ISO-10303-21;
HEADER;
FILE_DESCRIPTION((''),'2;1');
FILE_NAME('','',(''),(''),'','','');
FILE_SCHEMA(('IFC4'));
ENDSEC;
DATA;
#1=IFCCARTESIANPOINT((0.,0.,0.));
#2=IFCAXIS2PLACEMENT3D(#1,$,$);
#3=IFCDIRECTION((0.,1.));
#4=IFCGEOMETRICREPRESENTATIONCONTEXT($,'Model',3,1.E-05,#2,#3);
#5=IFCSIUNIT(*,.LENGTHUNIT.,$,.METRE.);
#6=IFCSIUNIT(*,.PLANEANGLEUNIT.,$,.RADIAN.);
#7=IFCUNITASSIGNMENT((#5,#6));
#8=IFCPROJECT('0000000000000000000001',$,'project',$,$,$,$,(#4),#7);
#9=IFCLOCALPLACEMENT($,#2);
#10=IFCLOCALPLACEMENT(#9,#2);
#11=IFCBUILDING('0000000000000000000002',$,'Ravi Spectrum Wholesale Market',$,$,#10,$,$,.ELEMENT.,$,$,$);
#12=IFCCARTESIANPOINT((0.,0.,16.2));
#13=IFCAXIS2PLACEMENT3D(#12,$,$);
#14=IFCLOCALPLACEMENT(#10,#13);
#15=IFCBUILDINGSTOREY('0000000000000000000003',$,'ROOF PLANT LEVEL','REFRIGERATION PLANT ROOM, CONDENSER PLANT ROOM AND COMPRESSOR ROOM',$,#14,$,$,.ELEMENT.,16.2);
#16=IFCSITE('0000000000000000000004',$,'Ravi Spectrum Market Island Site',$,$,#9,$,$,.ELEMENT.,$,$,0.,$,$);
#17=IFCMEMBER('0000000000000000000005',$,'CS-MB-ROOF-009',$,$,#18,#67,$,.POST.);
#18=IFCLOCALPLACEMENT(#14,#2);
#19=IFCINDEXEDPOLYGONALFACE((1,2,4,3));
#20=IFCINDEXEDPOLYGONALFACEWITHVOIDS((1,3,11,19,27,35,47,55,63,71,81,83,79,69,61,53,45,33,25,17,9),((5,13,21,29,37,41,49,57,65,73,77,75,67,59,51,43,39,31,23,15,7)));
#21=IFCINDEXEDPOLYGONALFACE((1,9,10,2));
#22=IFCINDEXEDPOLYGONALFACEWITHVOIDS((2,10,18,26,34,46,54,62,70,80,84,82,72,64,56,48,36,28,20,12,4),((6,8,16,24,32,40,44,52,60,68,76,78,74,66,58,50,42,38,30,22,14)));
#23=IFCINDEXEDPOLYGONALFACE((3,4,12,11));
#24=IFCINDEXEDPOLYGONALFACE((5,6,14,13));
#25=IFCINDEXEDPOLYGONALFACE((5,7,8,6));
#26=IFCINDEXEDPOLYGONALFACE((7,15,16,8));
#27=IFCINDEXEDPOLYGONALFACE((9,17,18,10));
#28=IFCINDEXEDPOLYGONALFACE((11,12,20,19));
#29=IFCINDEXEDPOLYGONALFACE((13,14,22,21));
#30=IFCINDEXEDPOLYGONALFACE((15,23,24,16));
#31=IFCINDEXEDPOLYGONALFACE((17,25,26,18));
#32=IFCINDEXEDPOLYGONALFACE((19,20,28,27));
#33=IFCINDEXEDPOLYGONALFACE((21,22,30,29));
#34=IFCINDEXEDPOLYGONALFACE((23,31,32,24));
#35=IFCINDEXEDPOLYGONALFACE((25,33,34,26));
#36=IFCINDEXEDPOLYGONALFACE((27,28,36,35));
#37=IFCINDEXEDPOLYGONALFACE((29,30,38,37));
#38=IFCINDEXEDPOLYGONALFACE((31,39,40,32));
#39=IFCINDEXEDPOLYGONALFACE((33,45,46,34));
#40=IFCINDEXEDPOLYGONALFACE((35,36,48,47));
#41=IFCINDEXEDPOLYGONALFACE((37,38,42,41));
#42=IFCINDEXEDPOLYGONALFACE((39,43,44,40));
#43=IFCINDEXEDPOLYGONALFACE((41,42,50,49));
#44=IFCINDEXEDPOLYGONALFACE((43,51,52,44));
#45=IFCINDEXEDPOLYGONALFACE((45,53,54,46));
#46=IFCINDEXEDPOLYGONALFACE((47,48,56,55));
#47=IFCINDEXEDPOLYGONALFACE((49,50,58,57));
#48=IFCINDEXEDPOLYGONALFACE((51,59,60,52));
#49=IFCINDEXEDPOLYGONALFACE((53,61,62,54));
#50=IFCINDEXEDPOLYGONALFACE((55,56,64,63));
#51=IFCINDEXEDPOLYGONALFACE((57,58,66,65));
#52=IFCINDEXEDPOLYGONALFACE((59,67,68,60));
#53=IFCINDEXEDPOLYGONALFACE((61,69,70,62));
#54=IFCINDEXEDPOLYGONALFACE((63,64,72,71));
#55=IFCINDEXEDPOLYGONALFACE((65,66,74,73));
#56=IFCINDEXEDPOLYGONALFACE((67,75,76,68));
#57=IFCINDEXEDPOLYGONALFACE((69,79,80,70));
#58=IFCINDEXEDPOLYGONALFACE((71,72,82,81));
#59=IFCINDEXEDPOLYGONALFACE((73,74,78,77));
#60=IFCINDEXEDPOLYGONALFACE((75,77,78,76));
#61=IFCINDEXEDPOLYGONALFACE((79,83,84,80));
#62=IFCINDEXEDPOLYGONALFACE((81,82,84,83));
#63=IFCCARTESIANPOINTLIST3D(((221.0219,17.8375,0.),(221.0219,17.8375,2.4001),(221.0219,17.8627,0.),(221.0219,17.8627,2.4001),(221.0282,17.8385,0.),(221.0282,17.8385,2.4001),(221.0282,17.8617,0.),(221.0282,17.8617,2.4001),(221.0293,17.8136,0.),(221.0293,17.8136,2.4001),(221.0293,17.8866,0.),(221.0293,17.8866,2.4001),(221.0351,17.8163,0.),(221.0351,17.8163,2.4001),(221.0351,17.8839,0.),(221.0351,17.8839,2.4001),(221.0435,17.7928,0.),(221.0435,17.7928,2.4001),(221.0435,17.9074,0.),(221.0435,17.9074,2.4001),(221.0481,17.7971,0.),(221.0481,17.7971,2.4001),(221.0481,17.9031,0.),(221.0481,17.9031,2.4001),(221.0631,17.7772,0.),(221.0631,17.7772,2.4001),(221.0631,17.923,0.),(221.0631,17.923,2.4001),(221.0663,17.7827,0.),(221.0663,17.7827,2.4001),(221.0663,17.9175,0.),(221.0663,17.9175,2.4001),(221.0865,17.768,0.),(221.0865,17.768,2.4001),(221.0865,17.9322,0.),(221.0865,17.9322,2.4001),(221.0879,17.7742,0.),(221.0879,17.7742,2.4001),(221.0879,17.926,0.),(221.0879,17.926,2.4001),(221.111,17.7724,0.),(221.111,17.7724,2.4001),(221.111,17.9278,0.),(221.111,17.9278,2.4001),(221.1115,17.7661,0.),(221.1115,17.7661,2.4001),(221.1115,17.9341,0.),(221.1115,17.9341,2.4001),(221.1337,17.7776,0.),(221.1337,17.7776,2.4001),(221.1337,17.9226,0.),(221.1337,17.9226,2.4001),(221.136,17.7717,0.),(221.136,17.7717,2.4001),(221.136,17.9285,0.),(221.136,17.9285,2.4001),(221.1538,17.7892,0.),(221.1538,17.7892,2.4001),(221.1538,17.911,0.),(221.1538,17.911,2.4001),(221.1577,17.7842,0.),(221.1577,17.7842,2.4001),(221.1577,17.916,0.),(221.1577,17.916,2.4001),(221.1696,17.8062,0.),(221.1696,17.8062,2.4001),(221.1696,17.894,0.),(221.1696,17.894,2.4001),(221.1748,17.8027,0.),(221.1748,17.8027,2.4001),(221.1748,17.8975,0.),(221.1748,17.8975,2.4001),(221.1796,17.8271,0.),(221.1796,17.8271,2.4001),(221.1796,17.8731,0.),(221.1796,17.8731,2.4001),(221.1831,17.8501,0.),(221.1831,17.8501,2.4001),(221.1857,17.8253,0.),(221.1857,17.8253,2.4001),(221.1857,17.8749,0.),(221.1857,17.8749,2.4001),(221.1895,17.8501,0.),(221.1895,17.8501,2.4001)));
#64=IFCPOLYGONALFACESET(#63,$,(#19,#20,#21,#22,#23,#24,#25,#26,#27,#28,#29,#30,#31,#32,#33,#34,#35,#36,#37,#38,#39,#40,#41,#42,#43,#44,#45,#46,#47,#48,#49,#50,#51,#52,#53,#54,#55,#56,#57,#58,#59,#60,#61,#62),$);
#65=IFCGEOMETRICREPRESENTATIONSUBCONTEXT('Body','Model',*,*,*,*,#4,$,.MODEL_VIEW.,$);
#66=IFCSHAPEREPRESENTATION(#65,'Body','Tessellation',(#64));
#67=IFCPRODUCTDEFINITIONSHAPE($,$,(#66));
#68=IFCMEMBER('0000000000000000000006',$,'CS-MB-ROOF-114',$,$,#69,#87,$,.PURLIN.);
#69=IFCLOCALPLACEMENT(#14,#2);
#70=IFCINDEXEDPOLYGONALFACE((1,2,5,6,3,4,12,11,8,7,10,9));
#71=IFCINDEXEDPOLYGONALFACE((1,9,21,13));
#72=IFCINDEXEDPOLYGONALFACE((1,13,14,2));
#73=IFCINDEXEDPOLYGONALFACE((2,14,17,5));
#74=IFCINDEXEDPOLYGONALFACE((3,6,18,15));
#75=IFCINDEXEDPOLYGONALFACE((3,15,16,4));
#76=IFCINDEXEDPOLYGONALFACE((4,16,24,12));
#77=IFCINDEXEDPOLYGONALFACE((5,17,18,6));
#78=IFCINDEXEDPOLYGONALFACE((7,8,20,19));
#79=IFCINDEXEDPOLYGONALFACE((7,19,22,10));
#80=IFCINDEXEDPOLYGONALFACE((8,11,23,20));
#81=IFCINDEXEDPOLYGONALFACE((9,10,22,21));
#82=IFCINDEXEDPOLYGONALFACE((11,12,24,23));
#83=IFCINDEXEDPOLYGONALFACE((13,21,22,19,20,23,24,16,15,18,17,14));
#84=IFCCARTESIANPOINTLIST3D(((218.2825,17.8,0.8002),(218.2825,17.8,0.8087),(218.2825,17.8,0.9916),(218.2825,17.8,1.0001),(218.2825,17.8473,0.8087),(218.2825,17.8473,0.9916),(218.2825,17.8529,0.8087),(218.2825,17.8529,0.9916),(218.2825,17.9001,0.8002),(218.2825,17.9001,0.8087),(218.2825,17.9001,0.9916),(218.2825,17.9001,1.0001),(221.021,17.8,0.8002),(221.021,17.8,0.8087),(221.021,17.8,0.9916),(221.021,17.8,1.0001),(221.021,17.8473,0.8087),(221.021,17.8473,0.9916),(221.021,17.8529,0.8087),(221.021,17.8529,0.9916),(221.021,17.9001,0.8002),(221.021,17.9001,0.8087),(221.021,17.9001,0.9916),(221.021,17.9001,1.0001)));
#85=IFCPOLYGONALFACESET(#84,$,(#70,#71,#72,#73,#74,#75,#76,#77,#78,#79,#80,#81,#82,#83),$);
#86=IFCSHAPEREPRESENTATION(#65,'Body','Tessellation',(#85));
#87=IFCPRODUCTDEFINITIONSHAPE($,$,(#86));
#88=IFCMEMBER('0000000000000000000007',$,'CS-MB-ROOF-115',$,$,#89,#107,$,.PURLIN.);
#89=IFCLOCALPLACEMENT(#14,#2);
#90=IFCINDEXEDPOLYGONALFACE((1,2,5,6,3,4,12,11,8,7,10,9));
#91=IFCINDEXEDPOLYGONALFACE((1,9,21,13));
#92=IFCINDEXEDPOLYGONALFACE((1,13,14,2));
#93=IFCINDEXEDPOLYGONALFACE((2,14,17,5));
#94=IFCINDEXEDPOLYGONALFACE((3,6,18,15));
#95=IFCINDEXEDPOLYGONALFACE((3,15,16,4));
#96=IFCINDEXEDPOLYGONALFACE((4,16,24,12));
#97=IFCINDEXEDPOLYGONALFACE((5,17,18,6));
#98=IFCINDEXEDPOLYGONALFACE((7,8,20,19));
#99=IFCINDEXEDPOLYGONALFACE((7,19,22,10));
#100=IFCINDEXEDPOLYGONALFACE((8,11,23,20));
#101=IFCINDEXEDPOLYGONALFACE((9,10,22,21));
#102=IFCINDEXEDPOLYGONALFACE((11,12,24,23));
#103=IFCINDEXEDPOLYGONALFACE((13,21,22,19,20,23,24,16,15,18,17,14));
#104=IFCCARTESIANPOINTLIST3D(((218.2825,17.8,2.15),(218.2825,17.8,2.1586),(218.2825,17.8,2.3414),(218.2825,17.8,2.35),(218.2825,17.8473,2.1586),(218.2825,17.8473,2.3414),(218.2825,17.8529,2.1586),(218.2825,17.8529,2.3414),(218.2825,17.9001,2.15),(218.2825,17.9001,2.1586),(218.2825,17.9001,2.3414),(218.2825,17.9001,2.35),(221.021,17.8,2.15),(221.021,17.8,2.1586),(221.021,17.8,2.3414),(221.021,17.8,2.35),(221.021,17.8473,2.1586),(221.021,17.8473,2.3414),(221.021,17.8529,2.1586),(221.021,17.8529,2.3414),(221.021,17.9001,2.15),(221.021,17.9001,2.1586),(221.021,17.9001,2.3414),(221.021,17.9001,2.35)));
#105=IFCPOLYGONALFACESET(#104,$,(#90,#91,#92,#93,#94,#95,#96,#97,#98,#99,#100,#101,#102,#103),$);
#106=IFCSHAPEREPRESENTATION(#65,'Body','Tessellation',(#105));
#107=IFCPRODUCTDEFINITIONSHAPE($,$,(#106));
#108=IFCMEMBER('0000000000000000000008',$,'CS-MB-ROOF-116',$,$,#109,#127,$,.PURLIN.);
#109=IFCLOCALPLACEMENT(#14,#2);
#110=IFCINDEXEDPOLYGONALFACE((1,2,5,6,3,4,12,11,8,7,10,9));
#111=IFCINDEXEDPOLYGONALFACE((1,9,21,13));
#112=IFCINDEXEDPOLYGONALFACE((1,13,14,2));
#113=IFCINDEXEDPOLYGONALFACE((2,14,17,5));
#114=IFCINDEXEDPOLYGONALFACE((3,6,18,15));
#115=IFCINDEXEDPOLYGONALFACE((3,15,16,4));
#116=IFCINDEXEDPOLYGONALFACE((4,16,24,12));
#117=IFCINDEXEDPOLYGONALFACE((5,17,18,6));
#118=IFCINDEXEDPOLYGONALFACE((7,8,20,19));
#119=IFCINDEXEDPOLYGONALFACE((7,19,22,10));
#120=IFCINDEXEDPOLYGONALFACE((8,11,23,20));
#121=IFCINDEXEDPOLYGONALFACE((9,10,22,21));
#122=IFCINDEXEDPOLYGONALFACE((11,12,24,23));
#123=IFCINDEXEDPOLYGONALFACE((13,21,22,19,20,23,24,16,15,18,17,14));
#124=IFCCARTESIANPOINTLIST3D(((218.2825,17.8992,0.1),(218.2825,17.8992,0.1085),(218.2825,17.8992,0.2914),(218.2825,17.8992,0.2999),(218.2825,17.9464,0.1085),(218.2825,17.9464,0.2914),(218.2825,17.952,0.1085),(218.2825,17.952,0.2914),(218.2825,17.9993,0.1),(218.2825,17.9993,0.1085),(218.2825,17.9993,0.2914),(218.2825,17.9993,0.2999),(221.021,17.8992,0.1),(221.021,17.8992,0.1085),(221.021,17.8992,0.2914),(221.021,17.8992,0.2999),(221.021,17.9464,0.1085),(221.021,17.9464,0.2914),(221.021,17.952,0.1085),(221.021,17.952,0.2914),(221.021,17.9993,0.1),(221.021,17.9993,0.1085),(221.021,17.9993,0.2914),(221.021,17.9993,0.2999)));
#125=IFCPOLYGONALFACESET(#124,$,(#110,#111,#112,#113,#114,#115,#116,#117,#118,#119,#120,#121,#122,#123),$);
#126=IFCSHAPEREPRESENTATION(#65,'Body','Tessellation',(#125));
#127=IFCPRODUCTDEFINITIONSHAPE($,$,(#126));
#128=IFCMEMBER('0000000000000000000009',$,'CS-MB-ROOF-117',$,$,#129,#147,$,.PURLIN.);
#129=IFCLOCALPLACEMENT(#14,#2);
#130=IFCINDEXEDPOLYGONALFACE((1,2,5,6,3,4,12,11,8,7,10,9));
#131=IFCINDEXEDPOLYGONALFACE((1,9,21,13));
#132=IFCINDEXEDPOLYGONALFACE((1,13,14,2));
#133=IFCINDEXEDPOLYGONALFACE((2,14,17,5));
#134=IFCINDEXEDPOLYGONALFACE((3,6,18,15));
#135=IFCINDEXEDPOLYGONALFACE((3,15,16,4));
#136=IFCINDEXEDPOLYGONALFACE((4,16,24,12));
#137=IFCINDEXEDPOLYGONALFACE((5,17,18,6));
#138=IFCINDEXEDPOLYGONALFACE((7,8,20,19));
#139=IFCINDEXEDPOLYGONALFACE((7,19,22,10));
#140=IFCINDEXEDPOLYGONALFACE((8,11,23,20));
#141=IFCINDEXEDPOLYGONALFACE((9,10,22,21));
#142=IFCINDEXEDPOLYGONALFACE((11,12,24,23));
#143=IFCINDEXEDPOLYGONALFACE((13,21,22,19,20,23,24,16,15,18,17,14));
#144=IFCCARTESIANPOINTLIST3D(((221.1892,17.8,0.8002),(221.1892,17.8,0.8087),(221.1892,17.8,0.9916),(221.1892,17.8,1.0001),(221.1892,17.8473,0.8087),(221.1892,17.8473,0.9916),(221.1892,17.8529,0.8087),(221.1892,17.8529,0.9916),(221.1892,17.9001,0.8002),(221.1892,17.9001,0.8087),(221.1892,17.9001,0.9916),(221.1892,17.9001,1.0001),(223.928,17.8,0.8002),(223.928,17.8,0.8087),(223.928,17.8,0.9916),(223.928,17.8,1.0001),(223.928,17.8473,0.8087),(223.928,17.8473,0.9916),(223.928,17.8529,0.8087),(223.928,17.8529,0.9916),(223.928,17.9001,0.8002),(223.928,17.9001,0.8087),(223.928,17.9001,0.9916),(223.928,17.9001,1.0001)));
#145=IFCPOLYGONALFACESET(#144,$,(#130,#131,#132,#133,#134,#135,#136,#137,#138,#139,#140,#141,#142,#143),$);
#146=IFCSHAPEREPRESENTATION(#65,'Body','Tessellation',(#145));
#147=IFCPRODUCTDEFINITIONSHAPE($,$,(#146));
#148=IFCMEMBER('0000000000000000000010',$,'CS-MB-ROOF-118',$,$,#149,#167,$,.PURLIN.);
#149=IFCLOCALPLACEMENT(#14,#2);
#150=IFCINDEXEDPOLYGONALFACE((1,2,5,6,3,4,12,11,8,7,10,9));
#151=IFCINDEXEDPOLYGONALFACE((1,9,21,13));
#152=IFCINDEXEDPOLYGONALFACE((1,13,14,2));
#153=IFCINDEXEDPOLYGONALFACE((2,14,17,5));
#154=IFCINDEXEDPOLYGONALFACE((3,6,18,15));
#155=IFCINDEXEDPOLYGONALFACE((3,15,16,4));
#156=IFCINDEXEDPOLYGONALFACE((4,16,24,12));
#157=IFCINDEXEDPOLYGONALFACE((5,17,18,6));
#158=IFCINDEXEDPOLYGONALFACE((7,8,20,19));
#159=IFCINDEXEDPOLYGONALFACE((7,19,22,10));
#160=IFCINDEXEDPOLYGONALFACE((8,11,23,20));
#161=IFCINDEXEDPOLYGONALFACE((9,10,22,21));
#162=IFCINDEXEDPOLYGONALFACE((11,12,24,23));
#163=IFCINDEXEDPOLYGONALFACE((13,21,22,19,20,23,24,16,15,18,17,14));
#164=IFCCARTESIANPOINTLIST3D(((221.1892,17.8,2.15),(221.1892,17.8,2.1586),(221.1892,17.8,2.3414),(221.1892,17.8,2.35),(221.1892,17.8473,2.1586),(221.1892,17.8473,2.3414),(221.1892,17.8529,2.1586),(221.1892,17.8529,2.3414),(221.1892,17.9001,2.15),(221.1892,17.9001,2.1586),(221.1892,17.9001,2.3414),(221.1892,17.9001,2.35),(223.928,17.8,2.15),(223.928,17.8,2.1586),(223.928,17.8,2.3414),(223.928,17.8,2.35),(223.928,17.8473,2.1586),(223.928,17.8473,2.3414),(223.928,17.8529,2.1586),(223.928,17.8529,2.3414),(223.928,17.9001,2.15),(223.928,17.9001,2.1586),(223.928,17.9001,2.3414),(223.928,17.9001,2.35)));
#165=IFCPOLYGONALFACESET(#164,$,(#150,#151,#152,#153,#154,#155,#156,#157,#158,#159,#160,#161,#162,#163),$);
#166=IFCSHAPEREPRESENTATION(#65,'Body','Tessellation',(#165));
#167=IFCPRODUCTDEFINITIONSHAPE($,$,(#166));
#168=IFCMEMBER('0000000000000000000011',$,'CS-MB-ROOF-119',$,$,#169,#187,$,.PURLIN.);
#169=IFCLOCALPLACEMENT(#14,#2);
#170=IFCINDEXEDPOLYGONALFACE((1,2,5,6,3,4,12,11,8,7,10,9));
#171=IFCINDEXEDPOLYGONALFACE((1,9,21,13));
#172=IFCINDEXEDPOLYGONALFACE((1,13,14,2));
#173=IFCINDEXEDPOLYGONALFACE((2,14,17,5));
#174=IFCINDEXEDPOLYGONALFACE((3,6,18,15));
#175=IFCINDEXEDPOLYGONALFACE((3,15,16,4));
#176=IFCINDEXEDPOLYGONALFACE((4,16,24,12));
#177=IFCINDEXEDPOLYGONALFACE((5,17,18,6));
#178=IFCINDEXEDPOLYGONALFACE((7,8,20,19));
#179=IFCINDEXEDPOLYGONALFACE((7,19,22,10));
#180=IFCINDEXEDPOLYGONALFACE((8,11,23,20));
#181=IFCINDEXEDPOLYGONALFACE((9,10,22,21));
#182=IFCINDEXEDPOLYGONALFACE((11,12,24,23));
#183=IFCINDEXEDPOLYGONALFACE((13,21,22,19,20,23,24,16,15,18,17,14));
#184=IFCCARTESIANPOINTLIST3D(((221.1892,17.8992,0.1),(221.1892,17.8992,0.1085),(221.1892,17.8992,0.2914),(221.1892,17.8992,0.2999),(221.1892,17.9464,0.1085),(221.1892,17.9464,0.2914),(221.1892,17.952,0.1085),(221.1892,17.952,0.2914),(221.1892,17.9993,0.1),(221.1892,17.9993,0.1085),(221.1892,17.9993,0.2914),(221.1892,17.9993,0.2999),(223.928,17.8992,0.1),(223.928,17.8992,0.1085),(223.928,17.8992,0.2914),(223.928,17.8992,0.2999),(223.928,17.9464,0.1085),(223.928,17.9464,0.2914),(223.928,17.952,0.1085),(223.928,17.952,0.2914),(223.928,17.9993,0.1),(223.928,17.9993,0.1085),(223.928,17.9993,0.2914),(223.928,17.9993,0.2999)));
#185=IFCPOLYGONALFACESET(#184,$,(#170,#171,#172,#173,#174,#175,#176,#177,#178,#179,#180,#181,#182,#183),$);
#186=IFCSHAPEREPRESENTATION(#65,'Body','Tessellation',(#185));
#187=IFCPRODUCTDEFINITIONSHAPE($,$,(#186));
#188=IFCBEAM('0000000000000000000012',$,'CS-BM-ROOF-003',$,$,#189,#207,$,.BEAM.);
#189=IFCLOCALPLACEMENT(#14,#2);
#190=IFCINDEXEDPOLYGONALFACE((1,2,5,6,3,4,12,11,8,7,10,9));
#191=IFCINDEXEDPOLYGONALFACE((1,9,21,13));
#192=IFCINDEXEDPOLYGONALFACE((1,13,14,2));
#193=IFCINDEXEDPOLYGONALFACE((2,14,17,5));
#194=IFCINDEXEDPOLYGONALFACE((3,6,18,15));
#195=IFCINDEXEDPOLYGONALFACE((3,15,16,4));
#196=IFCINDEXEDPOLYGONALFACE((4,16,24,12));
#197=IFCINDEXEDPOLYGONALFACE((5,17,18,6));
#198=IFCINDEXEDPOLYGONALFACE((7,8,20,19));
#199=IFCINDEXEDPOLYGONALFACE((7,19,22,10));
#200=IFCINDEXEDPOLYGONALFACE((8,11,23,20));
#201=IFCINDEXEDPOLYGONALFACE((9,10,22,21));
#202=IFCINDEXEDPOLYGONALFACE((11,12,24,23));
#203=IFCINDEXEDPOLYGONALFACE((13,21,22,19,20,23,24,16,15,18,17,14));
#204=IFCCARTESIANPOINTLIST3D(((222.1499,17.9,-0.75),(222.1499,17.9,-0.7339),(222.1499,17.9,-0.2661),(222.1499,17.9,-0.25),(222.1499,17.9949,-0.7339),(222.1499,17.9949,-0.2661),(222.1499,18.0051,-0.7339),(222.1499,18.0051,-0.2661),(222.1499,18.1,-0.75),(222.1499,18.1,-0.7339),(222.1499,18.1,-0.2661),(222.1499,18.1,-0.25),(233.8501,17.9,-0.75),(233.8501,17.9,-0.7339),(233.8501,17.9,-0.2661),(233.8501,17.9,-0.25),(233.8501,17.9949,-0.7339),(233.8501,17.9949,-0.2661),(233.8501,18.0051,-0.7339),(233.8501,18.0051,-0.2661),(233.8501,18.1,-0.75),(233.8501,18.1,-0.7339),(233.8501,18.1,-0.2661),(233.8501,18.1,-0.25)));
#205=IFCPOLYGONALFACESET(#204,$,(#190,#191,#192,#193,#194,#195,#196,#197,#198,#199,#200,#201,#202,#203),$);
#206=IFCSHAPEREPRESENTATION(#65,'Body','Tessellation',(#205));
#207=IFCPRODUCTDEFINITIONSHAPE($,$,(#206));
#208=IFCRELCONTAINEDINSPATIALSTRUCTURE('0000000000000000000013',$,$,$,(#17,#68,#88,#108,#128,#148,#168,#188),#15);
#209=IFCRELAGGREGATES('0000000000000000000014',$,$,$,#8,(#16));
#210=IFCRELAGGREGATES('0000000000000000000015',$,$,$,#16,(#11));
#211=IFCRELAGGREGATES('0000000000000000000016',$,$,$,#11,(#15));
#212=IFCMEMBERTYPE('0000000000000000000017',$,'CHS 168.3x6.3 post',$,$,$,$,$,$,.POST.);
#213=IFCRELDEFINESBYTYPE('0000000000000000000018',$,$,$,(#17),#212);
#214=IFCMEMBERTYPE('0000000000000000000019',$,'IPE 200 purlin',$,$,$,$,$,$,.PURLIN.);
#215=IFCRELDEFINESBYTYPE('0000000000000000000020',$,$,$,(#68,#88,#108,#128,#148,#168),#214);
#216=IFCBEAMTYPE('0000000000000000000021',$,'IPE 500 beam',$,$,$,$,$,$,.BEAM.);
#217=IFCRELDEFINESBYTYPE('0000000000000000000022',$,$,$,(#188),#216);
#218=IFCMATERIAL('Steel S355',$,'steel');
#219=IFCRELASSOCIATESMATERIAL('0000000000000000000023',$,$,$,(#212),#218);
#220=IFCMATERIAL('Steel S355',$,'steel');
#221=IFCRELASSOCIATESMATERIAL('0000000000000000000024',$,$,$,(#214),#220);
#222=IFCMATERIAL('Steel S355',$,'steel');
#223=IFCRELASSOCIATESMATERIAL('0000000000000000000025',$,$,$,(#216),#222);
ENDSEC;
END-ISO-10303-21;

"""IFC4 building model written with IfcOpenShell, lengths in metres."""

from ifc_helpers import new_model, si_unit, direction, frame, origin, origin_2d, place, context, subcontext, project, spatial, hollow_circle, i_section, extrude, material, material_profile, profile_set, type_object, element, save


model = new_model("IFC4")

# Units and contexts
model_context = context("Model", 3, precision=1e-05, world=origin(), true_north=direction((0.0, 1.0)))
body_context = subcontext(model_context, "Body", "Model", "MODEL_VIEW")
ifc_project = project(units=[si_unit("LENGTHUNIT", "METRE"), si_unit("PLANEANGLEUNIT", "RADIAN")], contexts=[model_context])

# Site, building, storey
site_placement = place(None, origin())
site = spatial("IfcSite", under=ifc_project, at=site_placement, Name="Ravi Spectrum Market Island Site", CompositionType="ELEMENT", RefElevation=0.0)
building_placement = place(site_placement, origin())
building = spatial("IfcBuilding", under=site, at=building_placement, Name="Ravi Spectrum Wholesale Market", CompositionType="ELEMENT")
storey_placement = place(building_placement, frame((0.0, 0.0, 16.2)))
storey = spatial("IfcBuildingStorey", under=building, at=storey_placement, Name="ROOF PLANT LEVEL", Description="REFRIGERATION PLANT ROOM, CONDENSER PLANT ROOM AND COMPRESSOR ROOM", CompositionType="ELEMENT", Elevation=16.2)

# Members
ifc_material_1 = material(Name="Steel S355", Category="steel")
ifc_material_profile_1 = material_profile(ifc_material_1, hollow_circle(Radius=0.0842, WallThickness=0.0063, at=origin_2d()))
ifc_profile_set_1 = profile_set([ifc_material_profile_1], Name="Steel S355")
member_type_1 = type_object("IfcMemberType", Name="CHS 168.3x6.3 post", PredefinedType="POST", material=ifc_profile_set_1)
member_placement = place(storey_placement, frame((221.1052, 17.8501, 0.0), z_axis=(0.0, 0.0, 1.0), x_axis=(1.0, 0.0, 0.0)))
element("IfcMember", 1, at=member_placement, inside=storey, type_object=member_type_1, Name="CS-MB-ROOF-009", PredefinedType="POST", context=body_context, shape_type="SweptSolid", body=[
    extrude(hollow_circle(Radius=0.0842, WallThickness=0.0063, at=origin_2d()), origin(), (0.0, 0.0, 1.0), 2.4001),
])
ifc_material_2 = material(Name="Steel S355", Category="steel")
ifc_material_profile_2 = material_profile(ifc_material_2, i_section(OverallWidth=0.1001, OverallDepth=0.2, WebThickness=0.0056, FlangeThickness=0.0085, at=origin_2d()))
ifc_profile_set_2 = profile_set([ifc_material_profile_2], Name="Steel S355")
member_type_2 = type_object("IfcMemberType", Name="IPE 200 purlin", PredefinedType="PURLIN", material=ifc_profile_set_2)
for number, where, z_axis, x_axis, name in (
    (2, (218.2825, 17.8501, 0.9001), (1.0, 0.0, 0.0), (0.0, 1.0, 0.0), "CS-MB-ROOF-114"),
    (3, (218.2825, 17.8501, 2.25), (1.0, 0.0, 0.0), (0.0, 1.0, 0.0), "CS-MB-ROOF-115"),
    (4, (218.2825, 17.9492, 0.2), (1.0, 0.0, 0.0), (0.0, 1.0, 0.0), "CS-MB-ROOF-116"),
):
    element("IfcMember", number, at=place(storey_placement, frame(where, z_axis=z_axis, x_axis=x_axis)), inside=storey, type_object=member_type_2, Name=name, PredefinedType="PURLIN", context=body_context, shape_type="SweptSolid", body=[
        extrude(i_section(OverallWidth=0.1001, OverallDepth=0.2, WebThickness=0.0056, FlangeThickness=0.0085, at=origin_2d()), origin(), (0.0, 0.0, 1.0), 2.7385),
    ])
for number, where, z_axis, x_axis, name in (
    (5, (221.1892, 17.8501, 0.9001), (1.0, 0.0, 0.0), (0.0, 1.0, 0.0), "CS-MB-ROOF-117"),
    (6, (221.1892, 17.8501, 2.25), (1.0, 0.0, 0.0), (0.0, 1.0, 0.0), "CS-MB-ROOF-118"),
    (7, (221.1892, 17.9492, 0.2), (1.0, 0.0, 0.0), (0.0, 1.0, 0.0), "CS-MB-ROOF-119"),
):
    element("IfcMember", number, at=place(storey_placement, frame(where, z_axis=z_axis, x_axis=x_axis)), inside=storey, type_object=member_type_2, Name=name, PredefinedType="PURLIN", context=body_context, shape_type="SweptSolid", body=[
        extrude(i_section(OverallWidth=0.1001, OverallDepth=0.2, WebThickness=0.0056, FlangeThickness=0.0085, at=origin_2d()), origin(), (0.0, 0.0, 1.0), 2.7388),
    ])

# Beam
ifc_material_3 = material(Name="Steel S355", Category="steel")
ifc_material_profile_3 = material_profile(ifc_material_3, i_section(OverallWidth=0.2, OverallDepth=0.5, WebThickness=0.0103, FlangeThickness=0.0161, at=origin_2d()))
ifc_profile_set_3 = profile_set([ifc_material_profile_3], Name="Steel S355")
beam_type = type_object("IfcBeamType", Name="IPE 500 beam", PredefinedType="BEAM", material=ifc_profile_set_3)
beam_1_placement = place(storey_placement, frame((222.1499, 18.0, -0.5), z_axis=(1.0, 0.0, 0.0), x_axis=(0.0, 1.0, 0.0)))
element("IfcBeam", 8, at=beam_1_placement, inside=storey, type_object=beam_type, Name="CS-BM-ROOF-003", PredefinedType="BEAM", context=body_context, shape_type="SweptSolid", body=[
    extrude(i_section(OverallWidth=0.2, OverallDepth=0.5, WebThickness=0.0103, FlangeThickness=0.0161, at=origin_2d()), origin(), (0.0, 0.0, 1.0), 11.7002),
])

save(model, "model.ifc")
